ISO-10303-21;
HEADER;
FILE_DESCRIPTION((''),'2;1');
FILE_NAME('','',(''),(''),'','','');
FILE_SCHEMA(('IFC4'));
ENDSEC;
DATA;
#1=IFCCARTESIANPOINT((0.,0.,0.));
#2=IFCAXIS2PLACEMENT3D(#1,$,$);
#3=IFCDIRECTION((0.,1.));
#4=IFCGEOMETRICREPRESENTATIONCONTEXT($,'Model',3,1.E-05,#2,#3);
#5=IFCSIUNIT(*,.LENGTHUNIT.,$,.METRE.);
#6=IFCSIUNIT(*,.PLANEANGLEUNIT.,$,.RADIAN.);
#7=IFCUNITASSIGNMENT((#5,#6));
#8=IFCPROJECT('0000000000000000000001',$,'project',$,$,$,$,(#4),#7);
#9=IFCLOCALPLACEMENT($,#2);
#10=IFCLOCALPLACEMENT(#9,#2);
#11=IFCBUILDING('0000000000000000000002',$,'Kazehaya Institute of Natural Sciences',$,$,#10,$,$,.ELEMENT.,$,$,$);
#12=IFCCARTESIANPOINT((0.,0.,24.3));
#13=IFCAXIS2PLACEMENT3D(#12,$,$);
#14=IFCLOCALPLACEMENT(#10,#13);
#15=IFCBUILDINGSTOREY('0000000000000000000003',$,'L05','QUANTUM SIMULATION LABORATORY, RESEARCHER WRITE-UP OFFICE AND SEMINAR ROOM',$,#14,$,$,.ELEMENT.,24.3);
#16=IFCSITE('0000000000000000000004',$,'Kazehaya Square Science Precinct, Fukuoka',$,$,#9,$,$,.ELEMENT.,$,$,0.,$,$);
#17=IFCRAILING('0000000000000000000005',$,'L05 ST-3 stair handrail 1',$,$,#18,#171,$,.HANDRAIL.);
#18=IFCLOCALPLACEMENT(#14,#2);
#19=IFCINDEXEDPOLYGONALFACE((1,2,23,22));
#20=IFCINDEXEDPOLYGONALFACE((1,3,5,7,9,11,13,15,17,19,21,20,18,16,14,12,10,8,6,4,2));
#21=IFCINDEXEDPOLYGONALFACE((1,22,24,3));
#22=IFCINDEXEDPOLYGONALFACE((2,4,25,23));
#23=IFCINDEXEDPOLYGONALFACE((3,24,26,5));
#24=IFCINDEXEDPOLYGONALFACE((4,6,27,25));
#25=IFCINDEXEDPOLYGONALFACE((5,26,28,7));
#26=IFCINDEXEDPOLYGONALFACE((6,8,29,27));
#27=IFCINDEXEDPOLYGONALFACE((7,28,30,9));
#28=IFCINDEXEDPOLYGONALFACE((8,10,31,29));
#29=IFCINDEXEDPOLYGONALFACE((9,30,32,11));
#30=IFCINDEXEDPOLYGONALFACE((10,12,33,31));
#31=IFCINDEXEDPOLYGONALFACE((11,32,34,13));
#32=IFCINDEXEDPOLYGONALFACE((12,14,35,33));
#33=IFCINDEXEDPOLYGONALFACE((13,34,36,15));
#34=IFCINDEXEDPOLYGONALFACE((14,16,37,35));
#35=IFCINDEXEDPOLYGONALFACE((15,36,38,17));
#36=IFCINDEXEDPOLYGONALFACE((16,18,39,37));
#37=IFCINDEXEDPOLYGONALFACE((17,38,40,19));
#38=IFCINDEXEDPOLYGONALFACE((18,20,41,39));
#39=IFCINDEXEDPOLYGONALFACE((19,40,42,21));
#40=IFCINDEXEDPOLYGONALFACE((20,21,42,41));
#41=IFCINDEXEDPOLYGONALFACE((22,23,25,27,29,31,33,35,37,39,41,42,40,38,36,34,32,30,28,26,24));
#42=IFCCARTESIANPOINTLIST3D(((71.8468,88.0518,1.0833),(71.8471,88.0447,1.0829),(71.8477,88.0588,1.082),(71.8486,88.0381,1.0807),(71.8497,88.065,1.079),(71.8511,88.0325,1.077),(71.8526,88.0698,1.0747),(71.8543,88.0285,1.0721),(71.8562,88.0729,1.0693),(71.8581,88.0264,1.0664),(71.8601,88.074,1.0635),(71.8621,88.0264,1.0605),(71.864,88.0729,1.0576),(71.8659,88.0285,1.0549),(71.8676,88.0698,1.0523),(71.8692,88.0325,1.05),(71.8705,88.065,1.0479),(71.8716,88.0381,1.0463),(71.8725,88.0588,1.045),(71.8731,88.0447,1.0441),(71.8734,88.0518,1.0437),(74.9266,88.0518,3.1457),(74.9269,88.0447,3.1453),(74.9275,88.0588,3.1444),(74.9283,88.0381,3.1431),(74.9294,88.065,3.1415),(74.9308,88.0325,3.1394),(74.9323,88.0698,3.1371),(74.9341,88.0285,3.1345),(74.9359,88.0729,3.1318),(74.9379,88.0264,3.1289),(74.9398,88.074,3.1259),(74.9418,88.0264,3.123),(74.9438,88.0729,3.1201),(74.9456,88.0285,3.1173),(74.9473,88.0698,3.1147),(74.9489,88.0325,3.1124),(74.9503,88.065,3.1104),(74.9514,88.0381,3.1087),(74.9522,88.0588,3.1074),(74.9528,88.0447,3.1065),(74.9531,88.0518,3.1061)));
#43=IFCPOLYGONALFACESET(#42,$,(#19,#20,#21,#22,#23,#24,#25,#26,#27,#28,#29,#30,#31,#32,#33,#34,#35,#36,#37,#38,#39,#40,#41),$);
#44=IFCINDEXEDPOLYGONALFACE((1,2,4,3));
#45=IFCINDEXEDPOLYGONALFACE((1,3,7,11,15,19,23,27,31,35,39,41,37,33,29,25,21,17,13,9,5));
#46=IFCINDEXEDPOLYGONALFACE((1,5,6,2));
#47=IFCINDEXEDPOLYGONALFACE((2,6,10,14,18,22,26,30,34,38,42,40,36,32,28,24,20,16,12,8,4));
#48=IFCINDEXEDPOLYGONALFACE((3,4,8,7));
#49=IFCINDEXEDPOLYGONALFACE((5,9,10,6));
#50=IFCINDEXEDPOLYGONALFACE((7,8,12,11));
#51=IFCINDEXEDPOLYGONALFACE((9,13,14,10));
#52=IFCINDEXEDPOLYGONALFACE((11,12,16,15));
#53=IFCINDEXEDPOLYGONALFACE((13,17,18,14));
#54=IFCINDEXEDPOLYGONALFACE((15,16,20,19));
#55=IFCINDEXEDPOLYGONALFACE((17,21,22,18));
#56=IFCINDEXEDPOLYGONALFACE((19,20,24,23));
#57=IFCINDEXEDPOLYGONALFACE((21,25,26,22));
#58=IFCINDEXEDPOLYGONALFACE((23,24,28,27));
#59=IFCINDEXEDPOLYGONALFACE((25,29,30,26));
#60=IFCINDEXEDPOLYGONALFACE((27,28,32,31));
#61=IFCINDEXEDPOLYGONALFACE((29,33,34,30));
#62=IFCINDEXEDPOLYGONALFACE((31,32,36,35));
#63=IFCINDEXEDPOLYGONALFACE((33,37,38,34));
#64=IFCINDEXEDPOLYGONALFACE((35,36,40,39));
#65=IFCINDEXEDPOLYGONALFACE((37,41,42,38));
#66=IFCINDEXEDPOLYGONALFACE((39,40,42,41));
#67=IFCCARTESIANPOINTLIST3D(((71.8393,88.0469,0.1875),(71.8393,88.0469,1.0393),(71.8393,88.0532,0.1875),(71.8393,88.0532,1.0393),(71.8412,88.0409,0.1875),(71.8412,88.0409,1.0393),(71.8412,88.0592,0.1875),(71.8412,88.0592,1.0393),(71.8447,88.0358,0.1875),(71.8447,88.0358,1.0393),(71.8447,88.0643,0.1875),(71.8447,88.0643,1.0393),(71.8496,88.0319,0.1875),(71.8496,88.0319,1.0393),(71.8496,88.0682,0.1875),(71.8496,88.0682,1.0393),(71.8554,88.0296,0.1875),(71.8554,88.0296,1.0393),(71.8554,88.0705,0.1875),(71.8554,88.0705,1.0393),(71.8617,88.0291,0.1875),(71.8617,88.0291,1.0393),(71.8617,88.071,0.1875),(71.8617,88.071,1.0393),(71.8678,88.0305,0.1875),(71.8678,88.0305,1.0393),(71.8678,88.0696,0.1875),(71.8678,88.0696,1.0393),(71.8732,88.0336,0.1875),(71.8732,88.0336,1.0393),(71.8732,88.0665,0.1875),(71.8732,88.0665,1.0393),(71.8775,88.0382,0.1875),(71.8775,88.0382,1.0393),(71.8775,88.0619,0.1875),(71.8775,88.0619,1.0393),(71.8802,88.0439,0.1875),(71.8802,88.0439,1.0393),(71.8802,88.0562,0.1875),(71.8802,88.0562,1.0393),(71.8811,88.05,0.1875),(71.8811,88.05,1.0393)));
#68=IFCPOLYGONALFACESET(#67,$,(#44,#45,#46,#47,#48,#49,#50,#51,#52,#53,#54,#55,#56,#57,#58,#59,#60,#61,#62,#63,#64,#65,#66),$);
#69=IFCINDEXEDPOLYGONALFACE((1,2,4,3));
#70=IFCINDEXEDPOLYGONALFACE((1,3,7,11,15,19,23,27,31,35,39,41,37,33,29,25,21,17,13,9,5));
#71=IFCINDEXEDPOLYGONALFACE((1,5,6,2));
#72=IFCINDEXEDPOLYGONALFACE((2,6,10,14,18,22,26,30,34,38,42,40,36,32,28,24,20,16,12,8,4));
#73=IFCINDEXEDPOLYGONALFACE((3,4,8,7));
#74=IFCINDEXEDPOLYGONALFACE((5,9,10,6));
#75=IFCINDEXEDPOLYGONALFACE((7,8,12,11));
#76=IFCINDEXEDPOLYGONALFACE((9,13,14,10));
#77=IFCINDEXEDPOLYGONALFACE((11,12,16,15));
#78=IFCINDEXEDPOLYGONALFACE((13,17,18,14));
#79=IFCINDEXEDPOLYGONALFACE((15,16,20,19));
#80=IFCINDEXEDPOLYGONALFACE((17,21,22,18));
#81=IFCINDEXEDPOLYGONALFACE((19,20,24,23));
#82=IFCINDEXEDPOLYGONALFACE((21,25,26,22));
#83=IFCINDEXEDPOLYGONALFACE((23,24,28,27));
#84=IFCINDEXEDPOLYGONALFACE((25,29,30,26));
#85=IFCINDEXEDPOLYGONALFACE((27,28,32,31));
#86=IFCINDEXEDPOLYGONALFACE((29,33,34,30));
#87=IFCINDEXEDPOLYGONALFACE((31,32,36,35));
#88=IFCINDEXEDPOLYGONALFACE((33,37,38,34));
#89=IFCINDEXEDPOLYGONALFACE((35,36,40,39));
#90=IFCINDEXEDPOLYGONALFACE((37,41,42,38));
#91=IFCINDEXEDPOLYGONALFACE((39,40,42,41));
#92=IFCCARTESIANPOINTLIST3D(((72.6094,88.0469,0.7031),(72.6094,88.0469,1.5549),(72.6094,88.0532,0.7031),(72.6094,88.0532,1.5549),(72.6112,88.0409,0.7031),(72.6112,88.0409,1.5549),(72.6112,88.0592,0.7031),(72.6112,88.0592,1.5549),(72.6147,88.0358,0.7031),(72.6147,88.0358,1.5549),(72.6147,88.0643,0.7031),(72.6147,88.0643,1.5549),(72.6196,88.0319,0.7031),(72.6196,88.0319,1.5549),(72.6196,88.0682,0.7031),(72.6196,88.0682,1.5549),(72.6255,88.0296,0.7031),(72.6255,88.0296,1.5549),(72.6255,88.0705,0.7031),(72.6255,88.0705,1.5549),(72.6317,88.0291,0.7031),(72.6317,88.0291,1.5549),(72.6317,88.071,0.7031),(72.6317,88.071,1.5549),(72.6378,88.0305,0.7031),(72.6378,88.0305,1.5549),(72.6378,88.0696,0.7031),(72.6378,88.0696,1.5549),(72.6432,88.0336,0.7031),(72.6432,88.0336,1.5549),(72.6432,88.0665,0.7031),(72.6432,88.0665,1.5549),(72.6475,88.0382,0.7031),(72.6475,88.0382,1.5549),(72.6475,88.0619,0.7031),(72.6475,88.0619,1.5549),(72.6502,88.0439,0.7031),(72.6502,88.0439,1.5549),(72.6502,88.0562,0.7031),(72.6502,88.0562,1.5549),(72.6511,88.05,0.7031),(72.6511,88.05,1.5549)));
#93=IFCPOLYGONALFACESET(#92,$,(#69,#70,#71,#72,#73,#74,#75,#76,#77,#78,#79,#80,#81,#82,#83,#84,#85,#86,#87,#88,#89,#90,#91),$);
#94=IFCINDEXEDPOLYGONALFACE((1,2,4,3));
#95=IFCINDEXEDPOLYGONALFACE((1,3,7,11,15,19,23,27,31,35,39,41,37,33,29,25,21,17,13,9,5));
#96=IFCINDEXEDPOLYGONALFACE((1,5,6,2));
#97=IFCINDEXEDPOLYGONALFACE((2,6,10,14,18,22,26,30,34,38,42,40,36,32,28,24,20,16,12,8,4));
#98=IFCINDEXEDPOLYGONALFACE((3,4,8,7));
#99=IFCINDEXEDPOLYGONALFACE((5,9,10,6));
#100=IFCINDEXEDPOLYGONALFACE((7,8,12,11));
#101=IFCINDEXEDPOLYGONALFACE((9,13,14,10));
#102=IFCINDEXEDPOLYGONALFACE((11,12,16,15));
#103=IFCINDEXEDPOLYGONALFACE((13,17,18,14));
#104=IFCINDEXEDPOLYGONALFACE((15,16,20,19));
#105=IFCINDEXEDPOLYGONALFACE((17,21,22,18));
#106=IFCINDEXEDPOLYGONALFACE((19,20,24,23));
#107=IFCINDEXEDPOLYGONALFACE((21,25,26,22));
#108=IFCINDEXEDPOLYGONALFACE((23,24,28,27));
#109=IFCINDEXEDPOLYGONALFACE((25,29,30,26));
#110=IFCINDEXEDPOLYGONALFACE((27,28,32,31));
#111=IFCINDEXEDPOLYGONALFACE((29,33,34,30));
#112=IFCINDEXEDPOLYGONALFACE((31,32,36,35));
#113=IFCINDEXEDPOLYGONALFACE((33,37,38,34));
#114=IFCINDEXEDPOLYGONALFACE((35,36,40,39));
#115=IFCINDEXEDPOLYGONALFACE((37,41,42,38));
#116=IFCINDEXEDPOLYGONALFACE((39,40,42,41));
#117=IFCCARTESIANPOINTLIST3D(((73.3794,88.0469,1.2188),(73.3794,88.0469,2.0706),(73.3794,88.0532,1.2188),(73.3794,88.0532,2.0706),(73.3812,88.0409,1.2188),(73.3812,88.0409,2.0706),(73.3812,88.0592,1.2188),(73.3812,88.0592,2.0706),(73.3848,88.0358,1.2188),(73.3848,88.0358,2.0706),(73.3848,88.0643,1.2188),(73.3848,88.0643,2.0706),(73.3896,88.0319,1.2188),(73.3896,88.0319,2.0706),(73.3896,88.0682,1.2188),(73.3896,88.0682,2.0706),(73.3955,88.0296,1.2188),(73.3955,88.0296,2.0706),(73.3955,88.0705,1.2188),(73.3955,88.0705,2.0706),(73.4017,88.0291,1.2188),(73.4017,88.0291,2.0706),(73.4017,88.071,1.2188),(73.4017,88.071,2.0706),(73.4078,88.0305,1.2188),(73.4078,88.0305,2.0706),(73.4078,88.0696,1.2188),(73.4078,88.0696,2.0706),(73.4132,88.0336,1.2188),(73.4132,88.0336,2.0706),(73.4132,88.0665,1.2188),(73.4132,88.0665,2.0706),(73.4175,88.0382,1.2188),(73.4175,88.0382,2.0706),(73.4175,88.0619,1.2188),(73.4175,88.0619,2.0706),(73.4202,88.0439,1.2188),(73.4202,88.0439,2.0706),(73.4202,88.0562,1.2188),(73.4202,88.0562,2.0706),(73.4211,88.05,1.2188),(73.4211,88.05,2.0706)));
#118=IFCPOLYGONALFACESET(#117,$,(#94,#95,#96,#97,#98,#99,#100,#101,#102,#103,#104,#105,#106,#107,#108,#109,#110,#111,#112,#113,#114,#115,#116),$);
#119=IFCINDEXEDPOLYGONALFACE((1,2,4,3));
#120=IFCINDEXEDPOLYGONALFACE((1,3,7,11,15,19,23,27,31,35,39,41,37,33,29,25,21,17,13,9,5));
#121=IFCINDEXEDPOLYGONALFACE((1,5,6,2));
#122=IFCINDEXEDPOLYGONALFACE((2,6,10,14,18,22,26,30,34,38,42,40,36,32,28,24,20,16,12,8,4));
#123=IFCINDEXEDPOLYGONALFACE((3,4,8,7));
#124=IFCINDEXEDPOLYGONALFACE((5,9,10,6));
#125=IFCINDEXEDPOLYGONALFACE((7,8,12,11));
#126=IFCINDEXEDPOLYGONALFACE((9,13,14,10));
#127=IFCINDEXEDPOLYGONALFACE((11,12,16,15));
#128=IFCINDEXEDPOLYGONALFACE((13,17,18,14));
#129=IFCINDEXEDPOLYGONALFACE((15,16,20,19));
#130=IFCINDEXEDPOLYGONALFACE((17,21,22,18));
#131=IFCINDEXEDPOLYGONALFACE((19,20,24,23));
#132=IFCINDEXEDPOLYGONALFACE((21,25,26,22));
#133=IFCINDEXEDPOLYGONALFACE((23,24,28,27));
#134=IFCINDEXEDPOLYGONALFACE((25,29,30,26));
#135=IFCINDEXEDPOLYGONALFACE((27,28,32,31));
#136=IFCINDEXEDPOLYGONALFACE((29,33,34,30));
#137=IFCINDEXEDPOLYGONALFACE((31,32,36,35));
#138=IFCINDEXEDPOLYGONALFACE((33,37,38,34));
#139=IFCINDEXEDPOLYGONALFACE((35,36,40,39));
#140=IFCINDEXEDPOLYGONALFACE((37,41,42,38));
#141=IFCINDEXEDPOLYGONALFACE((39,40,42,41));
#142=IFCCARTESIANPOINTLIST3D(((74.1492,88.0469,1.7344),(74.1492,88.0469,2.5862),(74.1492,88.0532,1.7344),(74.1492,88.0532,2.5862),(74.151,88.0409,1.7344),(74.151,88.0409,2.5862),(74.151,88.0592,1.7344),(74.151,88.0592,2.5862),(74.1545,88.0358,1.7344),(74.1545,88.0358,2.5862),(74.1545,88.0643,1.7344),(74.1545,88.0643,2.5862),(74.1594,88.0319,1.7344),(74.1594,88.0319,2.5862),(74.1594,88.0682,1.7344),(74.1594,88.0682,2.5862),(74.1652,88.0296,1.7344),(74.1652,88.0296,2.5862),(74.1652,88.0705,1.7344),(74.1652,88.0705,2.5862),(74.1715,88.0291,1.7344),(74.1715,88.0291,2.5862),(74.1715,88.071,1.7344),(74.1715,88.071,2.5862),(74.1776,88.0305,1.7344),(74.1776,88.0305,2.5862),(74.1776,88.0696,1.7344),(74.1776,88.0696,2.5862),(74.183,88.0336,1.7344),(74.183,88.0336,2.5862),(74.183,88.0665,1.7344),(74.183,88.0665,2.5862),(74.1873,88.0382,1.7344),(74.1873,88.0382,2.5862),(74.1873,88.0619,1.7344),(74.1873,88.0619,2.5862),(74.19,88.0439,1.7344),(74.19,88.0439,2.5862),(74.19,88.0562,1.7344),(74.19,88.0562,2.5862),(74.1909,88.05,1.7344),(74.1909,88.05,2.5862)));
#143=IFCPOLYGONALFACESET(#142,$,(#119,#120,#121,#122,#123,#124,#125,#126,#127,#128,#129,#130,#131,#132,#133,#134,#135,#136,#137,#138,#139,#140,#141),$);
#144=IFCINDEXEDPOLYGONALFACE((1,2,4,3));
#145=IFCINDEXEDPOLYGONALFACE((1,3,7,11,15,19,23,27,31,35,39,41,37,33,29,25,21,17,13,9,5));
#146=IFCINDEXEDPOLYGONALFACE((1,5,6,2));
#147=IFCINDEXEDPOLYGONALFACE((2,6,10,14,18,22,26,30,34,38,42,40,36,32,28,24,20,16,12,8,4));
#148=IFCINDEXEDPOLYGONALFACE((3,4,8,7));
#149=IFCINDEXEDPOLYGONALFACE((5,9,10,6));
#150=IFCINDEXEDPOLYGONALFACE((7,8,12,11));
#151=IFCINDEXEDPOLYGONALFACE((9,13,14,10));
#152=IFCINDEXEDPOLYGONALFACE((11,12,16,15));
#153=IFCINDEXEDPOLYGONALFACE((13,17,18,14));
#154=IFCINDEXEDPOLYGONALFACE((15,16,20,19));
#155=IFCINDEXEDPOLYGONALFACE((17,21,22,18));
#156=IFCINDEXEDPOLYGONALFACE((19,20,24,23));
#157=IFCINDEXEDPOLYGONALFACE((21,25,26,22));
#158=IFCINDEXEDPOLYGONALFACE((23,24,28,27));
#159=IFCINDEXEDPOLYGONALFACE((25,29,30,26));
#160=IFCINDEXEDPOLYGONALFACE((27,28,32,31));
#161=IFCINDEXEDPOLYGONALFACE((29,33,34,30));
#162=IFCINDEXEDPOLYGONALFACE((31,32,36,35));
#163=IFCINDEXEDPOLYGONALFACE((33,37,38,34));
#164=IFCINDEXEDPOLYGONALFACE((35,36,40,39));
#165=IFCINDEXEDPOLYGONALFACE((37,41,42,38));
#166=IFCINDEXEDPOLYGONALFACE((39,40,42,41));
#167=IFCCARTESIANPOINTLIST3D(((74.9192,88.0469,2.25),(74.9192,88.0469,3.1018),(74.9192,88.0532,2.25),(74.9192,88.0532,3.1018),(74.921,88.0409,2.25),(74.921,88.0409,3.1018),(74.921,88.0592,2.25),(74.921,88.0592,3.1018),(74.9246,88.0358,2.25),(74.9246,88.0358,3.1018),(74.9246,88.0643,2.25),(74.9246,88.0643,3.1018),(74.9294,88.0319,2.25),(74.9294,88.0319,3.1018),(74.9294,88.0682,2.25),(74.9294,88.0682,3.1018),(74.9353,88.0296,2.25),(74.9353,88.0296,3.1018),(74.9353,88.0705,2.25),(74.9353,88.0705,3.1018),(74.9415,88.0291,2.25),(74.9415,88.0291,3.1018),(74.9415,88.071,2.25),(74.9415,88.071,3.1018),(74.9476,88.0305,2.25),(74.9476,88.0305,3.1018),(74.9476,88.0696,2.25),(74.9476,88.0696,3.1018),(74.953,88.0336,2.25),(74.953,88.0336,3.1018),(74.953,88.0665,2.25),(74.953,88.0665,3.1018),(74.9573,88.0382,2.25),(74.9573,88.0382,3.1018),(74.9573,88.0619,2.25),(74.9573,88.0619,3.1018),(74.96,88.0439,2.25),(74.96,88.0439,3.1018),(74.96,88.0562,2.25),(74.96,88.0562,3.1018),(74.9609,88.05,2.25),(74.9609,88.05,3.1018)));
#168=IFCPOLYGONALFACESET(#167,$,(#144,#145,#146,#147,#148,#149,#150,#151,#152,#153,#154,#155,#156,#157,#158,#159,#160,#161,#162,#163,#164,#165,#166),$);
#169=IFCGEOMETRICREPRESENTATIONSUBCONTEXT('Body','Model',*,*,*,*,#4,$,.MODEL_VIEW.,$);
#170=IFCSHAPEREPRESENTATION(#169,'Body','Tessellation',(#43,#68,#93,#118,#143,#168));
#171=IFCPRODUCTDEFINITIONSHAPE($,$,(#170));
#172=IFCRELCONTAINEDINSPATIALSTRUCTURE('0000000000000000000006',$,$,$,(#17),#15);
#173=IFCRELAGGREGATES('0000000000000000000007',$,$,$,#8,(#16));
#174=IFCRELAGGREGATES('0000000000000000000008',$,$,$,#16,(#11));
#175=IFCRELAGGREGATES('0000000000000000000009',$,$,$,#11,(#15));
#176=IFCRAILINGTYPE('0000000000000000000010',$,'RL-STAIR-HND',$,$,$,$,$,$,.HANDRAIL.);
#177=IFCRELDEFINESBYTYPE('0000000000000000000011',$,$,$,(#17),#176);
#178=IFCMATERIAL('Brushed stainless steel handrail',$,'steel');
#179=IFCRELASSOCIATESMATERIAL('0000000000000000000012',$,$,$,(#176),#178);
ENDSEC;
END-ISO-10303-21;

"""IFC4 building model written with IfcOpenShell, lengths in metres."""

from ifc_helpers import new_model, si_unit, direction, frame, origin, origin_2d, place, context, subcontext, project, spatial, circle, extrude, material, type_object, element, save


model = new_model("IFC4")

# Units and contexts
model_context = context("Model", 3, precision=1e-05, world=origin(), true_north=direction((0.0, 1.0)))
body_context = subcontext(model_context, "Body", "Model", "MODEL_VIEW")
ifc_project = project(units=[si_unit("LENGTHUNIT", "METRE"), si_unit("PLANEANGLEUNIT", "RADIAN")], contexts=[model_context])

# Site, building, storey
site_placement = place(None, origin())
site = spatial("IfcSite", under=ifc_project, at=site_placement, Name="Kazehaya Square Science Precinct, Fukuoka", CompositionType="ELEMENT", RefElevation=0.0)
building_placement = place(site_placement, origin())
building = spatial("IfcBuilding", under=site, at=building_placement, Name="Kazehaya Institute of Natural Sciences", CompositionType="ELEMENT")
storey_placement = place(building_placement, frame((0.0, 0.0, 24.3)))
storey = spatial("IfcBuildingStorey", under=building, at=storey_placement, Name="L05", Description="QUANTUM SIMULATION LABORATORY, RESEARCHER WRITE-UP OFFICE AND SEMINAR ROOM", CompositionType="ELEMENT", Elevation=24.3)

# Railing
ifc_material_1 = material(Name="Brushed stainless steel handrail", Category="steel")
railing_type_1 = type_object("IfcRailingType", Name="RL-STAIR-HND", PredefinedType="HANDRAIL", material=ifc_material_1)
railing_1_placement = place(storey_placement, frame((71.8601, 88.05, 0.1875)))
element("IfcRailing", 1, at=railing_1_placement, inside=storey, type_object=railing_type_1, Name="L05 ST-3 stair handrail 1", PredefinedType="HANDRAIL", context=body_context, shape_type="SweptSolid", body=[
    extrude(circle(Radius=0.0239, at=origin_2d()), frame((0.0, 0.0, 0.876), z_axis=(0.830893, 0.0, 0.556432), x_axis=(0.0, 1.0, 0.0)), (0.0, 0.0, 1.0), 3.7065),
    extrude(circle(Radius=0.021, at=origin_2d()), origin(), (0.0, 0.0, 1.0), 0.8518),
    extrude(circle(Radius=0.021, at=origin_2d()), frame((0.77, 0.0, 0.5156)), (0.0, 0.0, 1.0), 0.8518),
    extrude(circle(Radius=0.021, at=origin_2d()), frame((1.54, 0.0, 1.0312)), (0.0, 0.0, 1.0), 0.8518),
    extrude(circle(Radius=0.021, at=origin_2d()), frame((2.3098, 0.0, 1.5469)), (0.0, 0.0, 1.0), 0.8518),
    extrude(circle(Radius=0.021, at=origin_2d()), frame((3.0798, 0.0, 2.0625)), (0.0, 0.0, 1.0), 0.8518),
])

save(model, "model.ifc")
